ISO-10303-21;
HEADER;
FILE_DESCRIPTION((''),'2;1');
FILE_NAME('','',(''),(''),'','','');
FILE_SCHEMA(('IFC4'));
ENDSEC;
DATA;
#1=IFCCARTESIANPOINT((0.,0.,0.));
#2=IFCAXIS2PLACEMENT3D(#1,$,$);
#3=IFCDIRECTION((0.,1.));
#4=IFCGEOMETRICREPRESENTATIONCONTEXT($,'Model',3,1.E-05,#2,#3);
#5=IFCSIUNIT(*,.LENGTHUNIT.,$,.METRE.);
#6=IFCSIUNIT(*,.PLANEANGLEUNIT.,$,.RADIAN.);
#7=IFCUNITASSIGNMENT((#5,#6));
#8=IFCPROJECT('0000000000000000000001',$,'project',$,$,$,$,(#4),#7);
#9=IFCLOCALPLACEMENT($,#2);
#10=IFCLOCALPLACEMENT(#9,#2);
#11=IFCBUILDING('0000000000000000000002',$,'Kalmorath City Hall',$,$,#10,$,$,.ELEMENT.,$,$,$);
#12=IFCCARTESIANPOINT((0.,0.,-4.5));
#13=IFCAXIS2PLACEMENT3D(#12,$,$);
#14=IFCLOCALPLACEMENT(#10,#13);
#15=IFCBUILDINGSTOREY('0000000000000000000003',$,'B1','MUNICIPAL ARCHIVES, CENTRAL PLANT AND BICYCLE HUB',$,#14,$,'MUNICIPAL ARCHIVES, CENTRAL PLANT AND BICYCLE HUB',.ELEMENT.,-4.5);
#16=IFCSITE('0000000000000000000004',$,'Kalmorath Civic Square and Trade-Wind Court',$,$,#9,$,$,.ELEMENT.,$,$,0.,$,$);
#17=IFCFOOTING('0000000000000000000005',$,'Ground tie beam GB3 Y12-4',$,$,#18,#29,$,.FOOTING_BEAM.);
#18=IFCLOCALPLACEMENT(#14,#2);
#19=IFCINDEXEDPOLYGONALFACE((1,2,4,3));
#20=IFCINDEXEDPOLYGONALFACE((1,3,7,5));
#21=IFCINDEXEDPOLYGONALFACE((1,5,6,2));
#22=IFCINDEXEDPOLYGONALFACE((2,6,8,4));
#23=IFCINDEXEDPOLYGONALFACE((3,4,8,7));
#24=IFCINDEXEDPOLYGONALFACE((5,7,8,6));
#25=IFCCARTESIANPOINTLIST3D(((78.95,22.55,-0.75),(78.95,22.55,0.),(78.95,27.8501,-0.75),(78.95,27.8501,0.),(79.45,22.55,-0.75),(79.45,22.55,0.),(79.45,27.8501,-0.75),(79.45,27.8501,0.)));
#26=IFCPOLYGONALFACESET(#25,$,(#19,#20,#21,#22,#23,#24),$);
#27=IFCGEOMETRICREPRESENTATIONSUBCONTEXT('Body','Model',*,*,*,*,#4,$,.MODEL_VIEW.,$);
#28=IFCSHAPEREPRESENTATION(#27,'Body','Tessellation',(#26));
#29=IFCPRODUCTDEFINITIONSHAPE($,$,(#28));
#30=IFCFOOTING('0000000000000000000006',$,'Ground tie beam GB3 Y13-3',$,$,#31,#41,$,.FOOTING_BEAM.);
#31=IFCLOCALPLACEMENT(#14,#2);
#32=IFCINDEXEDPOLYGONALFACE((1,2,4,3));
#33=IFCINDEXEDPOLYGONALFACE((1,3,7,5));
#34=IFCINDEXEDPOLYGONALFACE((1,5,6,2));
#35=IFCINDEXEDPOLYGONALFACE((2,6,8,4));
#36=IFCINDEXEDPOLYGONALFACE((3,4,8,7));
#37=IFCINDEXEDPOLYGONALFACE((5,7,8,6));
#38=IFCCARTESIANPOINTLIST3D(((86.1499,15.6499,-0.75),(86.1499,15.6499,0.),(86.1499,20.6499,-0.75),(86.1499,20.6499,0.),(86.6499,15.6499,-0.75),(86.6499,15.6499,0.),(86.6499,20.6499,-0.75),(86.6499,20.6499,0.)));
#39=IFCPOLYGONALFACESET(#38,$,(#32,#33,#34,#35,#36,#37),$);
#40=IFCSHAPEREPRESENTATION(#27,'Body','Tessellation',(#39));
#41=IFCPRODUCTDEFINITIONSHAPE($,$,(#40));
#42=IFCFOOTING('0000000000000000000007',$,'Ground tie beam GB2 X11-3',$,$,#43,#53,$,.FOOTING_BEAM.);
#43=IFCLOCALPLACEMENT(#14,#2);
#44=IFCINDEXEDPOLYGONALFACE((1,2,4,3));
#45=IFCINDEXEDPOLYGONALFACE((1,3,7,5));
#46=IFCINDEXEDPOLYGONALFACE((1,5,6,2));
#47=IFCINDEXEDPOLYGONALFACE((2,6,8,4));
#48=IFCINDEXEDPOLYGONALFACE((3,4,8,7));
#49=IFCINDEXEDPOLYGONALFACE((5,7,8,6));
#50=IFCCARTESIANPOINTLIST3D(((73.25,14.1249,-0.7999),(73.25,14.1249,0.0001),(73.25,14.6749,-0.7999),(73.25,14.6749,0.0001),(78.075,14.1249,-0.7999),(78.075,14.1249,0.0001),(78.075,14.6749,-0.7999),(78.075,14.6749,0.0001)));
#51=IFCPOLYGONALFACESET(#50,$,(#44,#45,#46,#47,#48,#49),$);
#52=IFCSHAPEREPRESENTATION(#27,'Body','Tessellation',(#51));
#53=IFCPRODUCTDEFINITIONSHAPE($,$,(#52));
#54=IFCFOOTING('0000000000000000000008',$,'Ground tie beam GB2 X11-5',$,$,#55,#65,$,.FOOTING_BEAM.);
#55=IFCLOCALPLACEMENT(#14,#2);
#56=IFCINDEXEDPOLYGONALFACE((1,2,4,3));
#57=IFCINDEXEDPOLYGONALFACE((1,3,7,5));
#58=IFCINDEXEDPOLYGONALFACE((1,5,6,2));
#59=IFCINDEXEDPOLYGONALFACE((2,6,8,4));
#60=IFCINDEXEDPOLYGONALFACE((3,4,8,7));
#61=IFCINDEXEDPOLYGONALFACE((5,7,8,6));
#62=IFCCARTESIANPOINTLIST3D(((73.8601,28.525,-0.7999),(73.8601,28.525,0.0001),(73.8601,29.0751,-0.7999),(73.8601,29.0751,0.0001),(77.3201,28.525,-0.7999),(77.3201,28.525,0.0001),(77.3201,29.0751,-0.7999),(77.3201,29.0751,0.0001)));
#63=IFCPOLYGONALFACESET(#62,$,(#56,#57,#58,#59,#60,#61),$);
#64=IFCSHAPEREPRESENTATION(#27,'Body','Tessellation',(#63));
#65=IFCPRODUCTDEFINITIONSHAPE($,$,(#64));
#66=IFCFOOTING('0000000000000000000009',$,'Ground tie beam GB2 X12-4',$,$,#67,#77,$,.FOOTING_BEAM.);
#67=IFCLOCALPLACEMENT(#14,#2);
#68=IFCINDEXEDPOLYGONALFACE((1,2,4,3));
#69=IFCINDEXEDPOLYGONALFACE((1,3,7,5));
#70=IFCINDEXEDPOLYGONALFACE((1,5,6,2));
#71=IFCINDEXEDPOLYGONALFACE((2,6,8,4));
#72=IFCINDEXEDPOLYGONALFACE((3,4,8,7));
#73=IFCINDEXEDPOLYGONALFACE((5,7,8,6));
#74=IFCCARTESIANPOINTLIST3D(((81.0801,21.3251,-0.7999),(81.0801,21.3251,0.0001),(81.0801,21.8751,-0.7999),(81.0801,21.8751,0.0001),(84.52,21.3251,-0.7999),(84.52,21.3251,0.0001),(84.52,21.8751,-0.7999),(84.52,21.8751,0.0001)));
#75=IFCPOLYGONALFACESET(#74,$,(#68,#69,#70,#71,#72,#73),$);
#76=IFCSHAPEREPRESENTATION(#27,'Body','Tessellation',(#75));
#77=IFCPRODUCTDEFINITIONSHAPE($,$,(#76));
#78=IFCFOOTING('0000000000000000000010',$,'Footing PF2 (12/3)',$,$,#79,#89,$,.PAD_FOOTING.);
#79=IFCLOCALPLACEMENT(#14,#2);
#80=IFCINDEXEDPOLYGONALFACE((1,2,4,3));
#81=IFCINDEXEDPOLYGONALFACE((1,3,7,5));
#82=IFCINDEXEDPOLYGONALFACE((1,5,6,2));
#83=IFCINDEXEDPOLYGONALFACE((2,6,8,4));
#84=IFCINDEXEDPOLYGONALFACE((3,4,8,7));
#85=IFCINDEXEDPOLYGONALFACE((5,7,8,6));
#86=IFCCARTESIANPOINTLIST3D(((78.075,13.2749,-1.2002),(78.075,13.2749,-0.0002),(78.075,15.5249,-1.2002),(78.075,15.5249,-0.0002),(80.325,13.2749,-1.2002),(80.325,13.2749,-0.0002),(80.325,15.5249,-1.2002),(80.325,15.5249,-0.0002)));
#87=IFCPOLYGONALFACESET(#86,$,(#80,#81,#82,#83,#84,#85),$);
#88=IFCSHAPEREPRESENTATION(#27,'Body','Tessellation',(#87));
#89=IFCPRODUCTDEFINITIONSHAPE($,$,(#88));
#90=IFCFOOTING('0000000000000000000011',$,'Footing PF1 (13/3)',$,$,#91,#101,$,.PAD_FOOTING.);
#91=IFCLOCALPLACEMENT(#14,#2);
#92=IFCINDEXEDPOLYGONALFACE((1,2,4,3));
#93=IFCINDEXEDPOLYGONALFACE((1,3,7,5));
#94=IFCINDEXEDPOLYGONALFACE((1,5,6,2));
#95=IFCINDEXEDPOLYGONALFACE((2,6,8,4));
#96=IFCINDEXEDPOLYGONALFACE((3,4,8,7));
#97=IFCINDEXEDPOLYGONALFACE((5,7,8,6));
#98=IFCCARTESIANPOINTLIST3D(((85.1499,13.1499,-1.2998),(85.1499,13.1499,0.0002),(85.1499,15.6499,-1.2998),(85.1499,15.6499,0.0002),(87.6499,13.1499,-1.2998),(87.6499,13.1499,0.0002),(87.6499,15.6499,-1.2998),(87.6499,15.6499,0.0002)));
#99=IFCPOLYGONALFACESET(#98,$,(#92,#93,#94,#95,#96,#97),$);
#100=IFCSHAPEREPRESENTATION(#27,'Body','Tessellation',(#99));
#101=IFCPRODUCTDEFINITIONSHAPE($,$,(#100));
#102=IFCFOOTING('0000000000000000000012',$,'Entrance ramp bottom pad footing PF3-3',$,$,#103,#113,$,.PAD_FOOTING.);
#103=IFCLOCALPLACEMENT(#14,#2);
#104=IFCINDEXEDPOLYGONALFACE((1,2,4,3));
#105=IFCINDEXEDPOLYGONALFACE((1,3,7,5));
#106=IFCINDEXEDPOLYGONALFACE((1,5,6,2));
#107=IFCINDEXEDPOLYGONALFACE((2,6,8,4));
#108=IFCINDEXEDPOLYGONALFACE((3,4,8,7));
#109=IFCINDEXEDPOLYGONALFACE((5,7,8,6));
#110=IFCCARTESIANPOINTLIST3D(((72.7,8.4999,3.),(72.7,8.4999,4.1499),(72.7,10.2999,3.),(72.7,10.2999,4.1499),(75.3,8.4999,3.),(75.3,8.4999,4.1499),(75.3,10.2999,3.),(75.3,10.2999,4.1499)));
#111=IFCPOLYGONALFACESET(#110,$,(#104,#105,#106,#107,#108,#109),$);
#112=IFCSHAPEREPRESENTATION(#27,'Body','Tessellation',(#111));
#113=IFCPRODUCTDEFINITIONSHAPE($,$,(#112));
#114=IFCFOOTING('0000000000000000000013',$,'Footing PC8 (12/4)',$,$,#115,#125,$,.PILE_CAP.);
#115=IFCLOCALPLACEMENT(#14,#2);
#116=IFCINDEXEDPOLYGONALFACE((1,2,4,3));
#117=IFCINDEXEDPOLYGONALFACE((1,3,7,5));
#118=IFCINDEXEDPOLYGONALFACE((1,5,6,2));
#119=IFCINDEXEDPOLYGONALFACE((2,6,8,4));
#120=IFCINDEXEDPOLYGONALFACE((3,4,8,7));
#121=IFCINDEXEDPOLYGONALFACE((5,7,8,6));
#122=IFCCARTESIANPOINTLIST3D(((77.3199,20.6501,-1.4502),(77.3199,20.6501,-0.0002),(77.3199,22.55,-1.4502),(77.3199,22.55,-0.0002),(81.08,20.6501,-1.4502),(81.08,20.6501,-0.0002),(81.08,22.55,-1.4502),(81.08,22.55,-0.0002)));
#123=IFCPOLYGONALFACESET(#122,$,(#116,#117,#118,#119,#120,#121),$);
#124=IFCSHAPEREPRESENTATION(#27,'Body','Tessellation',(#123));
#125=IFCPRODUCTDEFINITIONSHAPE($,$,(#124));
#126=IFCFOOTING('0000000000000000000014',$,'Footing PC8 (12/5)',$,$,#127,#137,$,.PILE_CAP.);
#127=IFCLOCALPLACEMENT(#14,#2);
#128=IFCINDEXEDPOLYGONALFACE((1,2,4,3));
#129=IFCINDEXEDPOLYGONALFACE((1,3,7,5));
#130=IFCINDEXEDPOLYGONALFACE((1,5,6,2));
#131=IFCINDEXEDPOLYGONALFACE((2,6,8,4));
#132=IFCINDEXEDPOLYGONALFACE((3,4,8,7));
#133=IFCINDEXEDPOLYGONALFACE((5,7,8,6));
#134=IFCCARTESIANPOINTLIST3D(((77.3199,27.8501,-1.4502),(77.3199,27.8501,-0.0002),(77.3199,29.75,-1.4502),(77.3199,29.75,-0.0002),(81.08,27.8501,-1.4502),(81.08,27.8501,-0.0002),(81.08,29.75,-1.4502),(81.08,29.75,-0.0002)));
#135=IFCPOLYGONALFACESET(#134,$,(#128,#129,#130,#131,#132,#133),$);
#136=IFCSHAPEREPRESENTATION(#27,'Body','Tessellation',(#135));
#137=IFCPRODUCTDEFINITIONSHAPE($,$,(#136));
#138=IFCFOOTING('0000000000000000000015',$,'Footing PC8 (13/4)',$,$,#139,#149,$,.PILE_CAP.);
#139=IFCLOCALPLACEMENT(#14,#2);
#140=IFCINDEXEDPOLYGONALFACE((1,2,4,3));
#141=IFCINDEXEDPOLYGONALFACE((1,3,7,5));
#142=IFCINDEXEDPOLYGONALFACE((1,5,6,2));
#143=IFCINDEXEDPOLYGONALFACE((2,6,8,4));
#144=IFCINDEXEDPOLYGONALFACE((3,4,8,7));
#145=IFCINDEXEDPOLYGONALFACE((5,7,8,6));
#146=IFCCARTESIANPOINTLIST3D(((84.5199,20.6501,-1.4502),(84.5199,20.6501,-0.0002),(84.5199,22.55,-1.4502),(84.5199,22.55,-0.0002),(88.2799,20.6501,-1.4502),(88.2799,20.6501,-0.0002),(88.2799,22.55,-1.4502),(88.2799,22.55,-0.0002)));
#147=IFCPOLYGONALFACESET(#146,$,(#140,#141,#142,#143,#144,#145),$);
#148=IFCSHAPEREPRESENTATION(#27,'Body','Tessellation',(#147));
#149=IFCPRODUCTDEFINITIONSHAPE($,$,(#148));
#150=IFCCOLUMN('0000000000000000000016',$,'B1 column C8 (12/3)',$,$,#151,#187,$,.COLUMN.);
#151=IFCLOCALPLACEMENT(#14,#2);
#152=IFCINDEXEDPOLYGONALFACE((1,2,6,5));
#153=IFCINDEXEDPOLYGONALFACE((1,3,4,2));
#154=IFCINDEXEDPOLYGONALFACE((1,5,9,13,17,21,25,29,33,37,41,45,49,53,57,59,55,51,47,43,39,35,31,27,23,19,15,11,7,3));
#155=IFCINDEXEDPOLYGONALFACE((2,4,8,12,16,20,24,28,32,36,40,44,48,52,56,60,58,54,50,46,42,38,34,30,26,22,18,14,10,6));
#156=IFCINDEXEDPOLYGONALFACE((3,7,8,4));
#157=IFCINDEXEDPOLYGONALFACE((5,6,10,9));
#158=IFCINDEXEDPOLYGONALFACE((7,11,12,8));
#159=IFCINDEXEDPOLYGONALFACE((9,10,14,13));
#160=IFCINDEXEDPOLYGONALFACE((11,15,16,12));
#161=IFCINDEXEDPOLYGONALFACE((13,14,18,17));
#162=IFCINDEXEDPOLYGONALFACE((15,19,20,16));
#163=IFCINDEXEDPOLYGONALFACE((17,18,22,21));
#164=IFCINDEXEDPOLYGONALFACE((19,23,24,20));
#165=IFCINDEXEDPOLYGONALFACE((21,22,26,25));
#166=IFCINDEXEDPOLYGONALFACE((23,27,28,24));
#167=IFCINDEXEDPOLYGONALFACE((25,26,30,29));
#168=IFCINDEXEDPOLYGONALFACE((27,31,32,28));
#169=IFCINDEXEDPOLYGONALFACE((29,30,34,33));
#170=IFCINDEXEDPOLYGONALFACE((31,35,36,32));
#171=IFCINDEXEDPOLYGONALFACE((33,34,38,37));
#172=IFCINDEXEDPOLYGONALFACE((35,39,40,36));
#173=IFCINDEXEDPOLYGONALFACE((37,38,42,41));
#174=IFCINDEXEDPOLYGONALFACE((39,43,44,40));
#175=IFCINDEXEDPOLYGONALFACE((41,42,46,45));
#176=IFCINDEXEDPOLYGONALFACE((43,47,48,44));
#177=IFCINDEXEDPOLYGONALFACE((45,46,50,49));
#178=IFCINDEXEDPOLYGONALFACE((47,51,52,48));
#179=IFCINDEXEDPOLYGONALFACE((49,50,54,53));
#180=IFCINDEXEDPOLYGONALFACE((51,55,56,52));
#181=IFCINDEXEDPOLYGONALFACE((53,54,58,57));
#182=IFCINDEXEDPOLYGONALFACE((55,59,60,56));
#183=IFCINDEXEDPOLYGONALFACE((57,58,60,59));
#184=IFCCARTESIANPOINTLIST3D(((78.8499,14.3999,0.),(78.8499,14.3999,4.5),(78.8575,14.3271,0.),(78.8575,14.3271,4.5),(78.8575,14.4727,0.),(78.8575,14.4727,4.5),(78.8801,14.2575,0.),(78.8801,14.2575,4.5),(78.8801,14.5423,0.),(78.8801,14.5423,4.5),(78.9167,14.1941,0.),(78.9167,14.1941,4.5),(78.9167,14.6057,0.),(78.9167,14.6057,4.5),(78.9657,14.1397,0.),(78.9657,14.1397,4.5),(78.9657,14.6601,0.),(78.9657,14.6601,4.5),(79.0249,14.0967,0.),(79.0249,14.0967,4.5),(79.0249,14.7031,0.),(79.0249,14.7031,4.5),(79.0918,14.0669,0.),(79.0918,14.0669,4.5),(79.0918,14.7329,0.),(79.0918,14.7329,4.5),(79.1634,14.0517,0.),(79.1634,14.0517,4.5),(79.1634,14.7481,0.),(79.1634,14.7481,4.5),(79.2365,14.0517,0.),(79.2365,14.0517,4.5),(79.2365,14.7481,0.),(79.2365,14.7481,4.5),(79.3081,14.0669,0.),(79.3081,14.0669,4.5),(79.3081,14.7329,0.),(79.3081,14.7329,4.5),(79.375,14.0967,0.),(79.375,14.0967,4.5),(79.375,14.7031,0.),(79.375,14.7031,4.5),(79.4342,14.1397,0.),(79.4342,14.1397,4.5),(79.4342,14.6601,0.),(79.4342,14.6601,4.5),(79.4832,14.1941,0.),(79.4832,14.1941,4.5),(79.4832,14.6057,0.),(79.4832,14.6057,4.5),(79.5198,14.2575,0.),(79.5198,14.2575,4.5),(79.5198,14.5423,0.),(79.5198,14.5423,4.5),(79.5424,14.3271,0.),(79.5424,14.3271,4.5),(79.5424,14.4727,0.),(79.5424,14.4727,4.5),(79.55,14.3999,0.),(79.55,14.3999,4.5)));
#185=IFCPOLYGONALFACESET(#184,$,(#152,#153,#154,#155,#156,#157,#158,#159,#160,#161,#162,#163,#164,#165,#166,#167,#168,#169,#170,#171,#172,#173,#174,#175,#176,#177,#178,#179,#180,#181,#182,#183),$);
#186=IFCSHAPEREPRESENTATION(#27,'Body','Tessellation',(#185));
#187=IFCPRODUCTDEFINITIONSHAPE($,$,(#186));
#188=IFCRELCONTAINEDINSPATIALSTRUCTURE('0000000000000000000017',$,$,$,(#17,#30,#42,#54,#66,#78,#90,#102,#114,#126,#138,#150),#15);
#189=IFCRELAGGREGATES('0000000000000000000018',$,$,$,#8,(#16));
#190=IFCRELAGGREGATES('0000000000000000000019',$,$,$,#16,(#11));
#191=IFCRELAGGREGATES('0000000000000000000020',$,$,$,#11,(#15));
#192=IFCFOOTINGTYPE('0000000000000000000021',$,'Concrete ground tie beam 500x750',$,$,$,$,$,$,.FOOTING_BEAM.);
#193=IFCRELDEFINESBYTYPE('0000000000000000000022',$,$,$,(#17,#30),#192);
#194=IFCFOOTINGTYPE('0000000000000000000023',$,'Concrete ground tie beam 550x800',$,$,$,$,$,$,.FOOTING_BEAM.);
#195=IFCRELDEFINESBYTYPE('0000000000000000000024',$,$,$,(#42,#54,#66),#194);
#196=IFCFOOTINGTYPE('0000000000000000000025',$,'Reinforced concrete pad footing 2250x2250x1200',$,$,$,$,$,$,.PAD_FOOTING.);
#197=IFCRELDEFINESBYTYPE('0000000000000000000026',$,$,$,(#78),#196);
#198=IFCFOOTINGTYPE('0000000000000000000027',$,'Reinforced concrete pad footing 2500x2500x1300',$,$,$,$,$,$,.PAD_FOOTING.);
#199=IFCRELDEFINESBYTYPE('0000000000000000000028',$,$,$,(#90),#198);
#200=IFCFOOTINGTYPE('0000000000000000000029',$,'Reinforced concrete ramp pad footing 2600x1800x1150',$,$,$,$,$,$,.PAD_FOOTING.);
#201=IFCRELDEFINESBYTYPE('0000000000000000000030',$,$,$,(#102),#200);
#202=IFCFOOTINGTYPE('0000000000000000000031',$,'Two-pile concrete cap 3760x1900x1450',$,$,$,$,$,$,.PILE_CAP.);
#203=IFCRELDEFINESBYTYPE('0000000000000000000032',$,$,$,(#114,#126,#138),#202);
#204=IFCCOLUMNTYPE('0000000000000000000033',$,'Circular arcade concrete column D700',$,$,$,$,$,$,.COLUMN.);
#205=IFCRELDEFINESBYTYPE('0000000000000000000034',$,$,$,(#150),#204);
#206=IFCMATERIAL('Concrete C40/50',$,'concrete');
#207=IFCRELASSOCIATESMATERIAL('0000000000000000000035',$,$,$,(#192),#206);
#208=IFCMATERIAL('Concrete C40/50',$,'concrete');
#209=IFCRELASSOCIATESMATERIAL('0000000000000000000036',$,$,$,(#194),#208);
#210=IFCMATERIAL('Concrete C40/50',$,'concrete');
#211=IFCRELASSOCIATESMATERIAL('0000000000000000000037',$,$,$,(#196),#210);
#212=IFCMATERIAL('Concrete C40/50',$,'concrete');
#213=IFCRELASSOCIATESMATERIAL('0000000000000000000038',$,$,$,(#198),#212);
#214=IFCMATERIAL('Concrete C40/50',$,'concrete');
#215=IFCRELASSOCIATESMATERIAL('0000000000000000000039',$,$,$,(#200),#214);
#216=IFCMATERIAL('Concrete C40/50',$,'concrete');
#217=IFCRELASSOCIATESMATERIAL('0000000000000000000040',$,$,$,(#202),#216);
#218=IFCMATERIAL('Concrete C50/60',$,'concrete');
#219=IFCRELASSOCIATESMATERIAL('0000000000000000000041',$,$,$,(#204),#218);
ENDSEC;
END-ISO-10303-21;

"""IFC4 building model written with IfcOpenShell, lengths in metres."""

from ifc_helpers import new_model, si_unit, direction, frame, origin, origin_2d, place, context, subcontext, project, spatial, rectangle, circle, extrude, material, material_profile, profile_set, type_object, element, save


model = new_model("IFC4")

# Units and contexts
model_context = context("Model", 3, precision=1e-05, world=origin(), true_north=direction((0.0, 1.0)))
body_context = subcontext(model_context, "Body", "Model", "MODEL_VIEW")
ifc_project = project(units=[si_unit("LENGTHUNIT", "METRE"), si_unit("PLANEANGLEUNIT", "RADIAN")], contexts=[model_context])

# Site, building, storey
site_placement = place(None, origin())
site = spatial("IfcSite", under=ifc_project, at=site_placement, Name="Kalmorath Civic Square and Trade-Wind Court", CompositionType="ELEMENT", RefElevation=0.0)
building_placement = place(site_placement, origin())
building = spatial("IfcBuilding", under=site, at=building_placement, Name="Kalmorath City Hall", CompositionType="ELEMENT")
storey_placement = place(building_placement, frame((0.0, 0.0, -4.5)))
storey = spatial("IfcBuildingStorey", under=building, at=storey_placement, Name="B1", Description="MUNICIPAL ARCHIVES, CENTRAL PLANT AND BICYCLE HUB", LongName="MUNICIPAL ARCHIVES, CENTRAL PLANT AND BICYCLE HUB", CompositionType="ELEMENT", Elevation=-4.5)

# Footings
ifc_material_1 = material(Name="Concrete C40/50", Category="concrete")
ifc_material_profile_1 = material_profile(ifc_material_1, rectangle(XDim=0.5, YDim=0.75, at=origin_2d()), Name="RC-BM-500X750")
ifc_profile_set_1 = profile_set([ifc_material_profile_1], Name="Concrete C40/50")
footing_type_1 = type_object("IfcFootingType", Name="Concrete ground tie beam 500x750", PredefinedType="FOOTING_BEAM", material=ifc_profile_set_1)
footing_1_placement = place(storey_placement, frame((79.2, 22.55, -0.375), z_axis=(0.0, 1.0, 0.0), x_axis=(-1.0, 0.0, 0.0)))
element("IfcFooting", 1, at=footing_1_placement, inside=storey, type_object=footing_type_1, Name="Ground tie beam GB3 Y12-4", PredefinedType="FOOTING_BEAM", context=body_context, shape_type="SweptSolid", body=[
    extrude(rectangle(XDim=0.5, YDim=0.75, at=origin_2d()), origin(), (0.0, 0.0, 1.0), 5.3),
])
footing_2_placement = place(storey_placement, frame((86.3999, 15.6499, -0.375), z_axis=(0.0, 1.0, 0.0), x_axis=(-1.0, 0.0, 0.0)))
element("IfcFooting", 2, at=footing_2_placement, inside=storey, type_object=footing_type_1, Name="Ground tie beam GB3 Y13-3", PredefinedType="FOOTING_BEAM", context=body_context, shape_type="SweptSolid", body=[
    extrude(rectangle(XDim=0.5, YDim=0.75, at=origin_2d()), origin(), (0.0, 0.0, 1.0), 5.0),
])
ifc_material_2 = material(Name="Concrete C40/50", Category="concrete")
ifc_material_profile_2 = material_profile(ifc_material_2, rectangle(XDim=0.55, YDim=0.8, at=origin_2d()), Name="RC-BM-550X800")
ifc_profile_set_2 = profile_set([ifc_material_profile_2], Name="Concrete C40/50")
footing_type_2 = type_object("IfcFootingType", Name="Concrete ground tie beam 550x800", PredefinedType="FOOTING_BEAM", material=ifc_profile_set_2)
footing_3_placement = place(storey_placement, frame((73.25, 14.3999, -0.3999), z_axis=(1.0, 0.0, 0.0), x_axis=(0.0, 1.0, 0.0)))
element("IfcFooting", 3, at=footing_3_placement, inside=storey, type_object=footing_type_2, Name="Ground tie beam GB2 X11-3", PredefinedType="FOOTING_BEAM", context=body_context, shape_type="SweptSolid", body=[
    extrude(rectangle(XDim=0.55, YDim=0.8, at=origin_2d()), origin(), (0.0, 0.0, 1.0), 4.825),
])
footing_4_placement = place(storey_placement, frame((73.8601, 28.8, -0.3999), z_axis=(1.0, 0.0, 0.0), x_axis=(0.0, 1.0, 0.0)))
element("IfcFooting", 4, at=footing_4_placement, inside=storey, type_object=footing_type_2, Name="Ground tie beam GB2 X11-5", PredefinedType="FOOTING_BEAM", context=body_context, shape_type="SweptSolid", body=[
    extrude(rectangle(XDim=0.55, YDim=0.8, at=origin_2d()), origin(), (0.0, 0.0, 1.0), 3.46),
])
footing_5_placement = place(storey_placement, frame((81.0801, 21.6001, -0.3999), z_axis=(1.0, 0.0, 0.0), x_axis=(0.0, 1.0, 0.0)))
element("IfcFooting", 5, at=footing_5_placement, inside=storey, type_object=footing_type_2, Name="Ground tie beam GB2 X12-4", PredefinedType="FOOTING_BEAM", context=body_context, shape_type="SweptSolid", body=[
    extrude(rectangle(XDim=0.55, YDim=0.8, at=origin_2d()), origin(), (0.0, 0.0, 1.0), 3.4399),
])
ifc_material_3 = material(Name="Concrete C40/50", Category="concrete")
footing_type_3 = type_object("IfcFootingType", Name="Reinforced concrete pad footing 2250x2250x1200", PredefinedType="PAD_FOOTING", material=ifc_material_3)
footing_6_placement = place(storey_placement, frame((79.2, 14.3999, -1.2002), z_axis=(0.0, 0.0, 1.0), x_axis=(1.0, 0.0, 0.0)))
element("IfcFooting", 6, at=footing_6_placement, inside=storey, type_object=footing_type_3, Name="Footing PF2 (12/3)", PredefinedType="PAD_FOOTING", context=body_context, shape_type="SweptSolid", body=[
    extrude(rectangle(XDim=2.25, YDim=2.25, at=origin_2d()), origin(), (0.0, 0.0, 1.0), 1.2),
])
ifc_material_4 = material(Name="Concrete C40/50", Category="concrete")
footing_type_4 = type_object("IfcFootingType", Name="Reinforced concrete pad footing 2500x2500x1300", PredefinedType="PAD_FOOTING", material=ifc_material_4)
footing_7_placement = place(storey_placement, frame((86.3999, 14.3999, -1.2998), z_axis=(0.0, 0.0, 1.0), x_axis=(1.0, 0.0, 0.0)))
element("IfcFooting", 7, at=footing_7_placement, inside=storey, type_object=footing_type_4, Name="Footing PF1 (13/3)", PredefinedType="PAD_FOOTING", context=body_context, shape_type="SweptSolid", body=[
    extrude(rectangle(XDim=2.5, YDim=2.5, at=origin_2d()), origin(), (0.0, 0.0, 1.0), 1.3),
])
ifc_material_5 = material(Name="Concrete C40/50", Category="concrete")
footing_type_5 = type_object("IfcFootingType", Name="Reinforced concrete ramp pad footing 2600x1800x1150", PredefinedType="PAD_FOOTING", material=ifc_material_5)
footing_8_placement = place(storey_placement, frame((74.0, 9.3999, 3.0), z_axis=(0.0, 0.0, 1.0), x_axis=(1.0, 0.0, 0.0)))
element("IfcFooting", 8, at=footing_8_placement, inside=storey, type_object=footing_type_5, Name="Entrance ramp bottom pad footing PF3-3", PredefinedType="PAD_FOOTING", context=body_context, shape_type="SweptSolid", body=[
    extrude(rectangle(XDim=2.6001, YDim=1.8, at=origin_2d()), origin(), (0.0, 0.0, 1.0), 1.1499),
])
ifc_material_6 = material(Name="Concrete C40/50", Category="concrete")
footing_type_6 = type_object("IfcFootingType", Name="Two-pile concrete cap 3760x1900x1450", PredefinedType="PILE_CAP", material=ifc_material_6)
for number, where, z_axis, x_axis, name in (
    (9, (79.2, 21.6001, -1.4502), (0.0, 0.0, 1.0), (1.0, 0.0, 0.0), "Footing PC8 (12/4)"),
    (10, (79.2, 28.8, -1.4502), (0.0, 0.0, 1.0), (1.0, 0.0, 0.0), "Footing PC8 (12/5)"),
    (11, (86.3999, 21.6001, -1.4502), (0.0, 0.0, 1.0), (1.0, 0.0, 0.0), "Footing PC8 (13/4)"),
):
    element("IfcFooting", number, at=place(storey_placement, frame(where, z_axis=z_axis, x_axis=x_axis)), inside=storey, type_object=footing_type_6, Name=name, PredefinedType="PILE_CAP", context=body_context, shape_type="SweptSolid", body=[
        extrude(rectangle(XDim=3.76, YDim=1.8999, at=origin_2d()), origin(), (0.0, 0.0, 1.0), 1.45),
    ])

# Column
ifc_material_7 = material(Name="Concrete C50/60", Category="concrete")
ifc_material_profile_3 = material_profile(ifc_material_7, circle(Radius=0.3501, at=origin_2d()), Name="RC-COL-D700")
ifc_profile_set_3 = profile_set([ifc_material_profile_3], Name="Concrete C50/60")
column_type_1 = type_object("IfcColumnType", Name="Circular arcade concrete column D700", PredefinedType="COLUMN", material=ifc_profile_set_3)
for number, where, z_axis, x_axis, name in (
    (12, (79.2, 14.3999, 0.0), (0.0, 0.0, 1.0), (1.0, 0.0, 0.0), "B1 column C8 (12/3)"),
):
    element("IfcColumn", number, at=place(storey_placement, frame(where, z_axis=z_axis, x_axis=x_axis)), inside=storey, type_object=column_type_1, Name=name, PredefinedType="COLUMN", context=body_context, shape_type="SweptSolid", body=[
        extrude(circle(Radius=0.3501, at=origin_2d()), origin(), (0.0, 0.0, 1.0), 4.5),
    ])

save(model, "model.ifc")
